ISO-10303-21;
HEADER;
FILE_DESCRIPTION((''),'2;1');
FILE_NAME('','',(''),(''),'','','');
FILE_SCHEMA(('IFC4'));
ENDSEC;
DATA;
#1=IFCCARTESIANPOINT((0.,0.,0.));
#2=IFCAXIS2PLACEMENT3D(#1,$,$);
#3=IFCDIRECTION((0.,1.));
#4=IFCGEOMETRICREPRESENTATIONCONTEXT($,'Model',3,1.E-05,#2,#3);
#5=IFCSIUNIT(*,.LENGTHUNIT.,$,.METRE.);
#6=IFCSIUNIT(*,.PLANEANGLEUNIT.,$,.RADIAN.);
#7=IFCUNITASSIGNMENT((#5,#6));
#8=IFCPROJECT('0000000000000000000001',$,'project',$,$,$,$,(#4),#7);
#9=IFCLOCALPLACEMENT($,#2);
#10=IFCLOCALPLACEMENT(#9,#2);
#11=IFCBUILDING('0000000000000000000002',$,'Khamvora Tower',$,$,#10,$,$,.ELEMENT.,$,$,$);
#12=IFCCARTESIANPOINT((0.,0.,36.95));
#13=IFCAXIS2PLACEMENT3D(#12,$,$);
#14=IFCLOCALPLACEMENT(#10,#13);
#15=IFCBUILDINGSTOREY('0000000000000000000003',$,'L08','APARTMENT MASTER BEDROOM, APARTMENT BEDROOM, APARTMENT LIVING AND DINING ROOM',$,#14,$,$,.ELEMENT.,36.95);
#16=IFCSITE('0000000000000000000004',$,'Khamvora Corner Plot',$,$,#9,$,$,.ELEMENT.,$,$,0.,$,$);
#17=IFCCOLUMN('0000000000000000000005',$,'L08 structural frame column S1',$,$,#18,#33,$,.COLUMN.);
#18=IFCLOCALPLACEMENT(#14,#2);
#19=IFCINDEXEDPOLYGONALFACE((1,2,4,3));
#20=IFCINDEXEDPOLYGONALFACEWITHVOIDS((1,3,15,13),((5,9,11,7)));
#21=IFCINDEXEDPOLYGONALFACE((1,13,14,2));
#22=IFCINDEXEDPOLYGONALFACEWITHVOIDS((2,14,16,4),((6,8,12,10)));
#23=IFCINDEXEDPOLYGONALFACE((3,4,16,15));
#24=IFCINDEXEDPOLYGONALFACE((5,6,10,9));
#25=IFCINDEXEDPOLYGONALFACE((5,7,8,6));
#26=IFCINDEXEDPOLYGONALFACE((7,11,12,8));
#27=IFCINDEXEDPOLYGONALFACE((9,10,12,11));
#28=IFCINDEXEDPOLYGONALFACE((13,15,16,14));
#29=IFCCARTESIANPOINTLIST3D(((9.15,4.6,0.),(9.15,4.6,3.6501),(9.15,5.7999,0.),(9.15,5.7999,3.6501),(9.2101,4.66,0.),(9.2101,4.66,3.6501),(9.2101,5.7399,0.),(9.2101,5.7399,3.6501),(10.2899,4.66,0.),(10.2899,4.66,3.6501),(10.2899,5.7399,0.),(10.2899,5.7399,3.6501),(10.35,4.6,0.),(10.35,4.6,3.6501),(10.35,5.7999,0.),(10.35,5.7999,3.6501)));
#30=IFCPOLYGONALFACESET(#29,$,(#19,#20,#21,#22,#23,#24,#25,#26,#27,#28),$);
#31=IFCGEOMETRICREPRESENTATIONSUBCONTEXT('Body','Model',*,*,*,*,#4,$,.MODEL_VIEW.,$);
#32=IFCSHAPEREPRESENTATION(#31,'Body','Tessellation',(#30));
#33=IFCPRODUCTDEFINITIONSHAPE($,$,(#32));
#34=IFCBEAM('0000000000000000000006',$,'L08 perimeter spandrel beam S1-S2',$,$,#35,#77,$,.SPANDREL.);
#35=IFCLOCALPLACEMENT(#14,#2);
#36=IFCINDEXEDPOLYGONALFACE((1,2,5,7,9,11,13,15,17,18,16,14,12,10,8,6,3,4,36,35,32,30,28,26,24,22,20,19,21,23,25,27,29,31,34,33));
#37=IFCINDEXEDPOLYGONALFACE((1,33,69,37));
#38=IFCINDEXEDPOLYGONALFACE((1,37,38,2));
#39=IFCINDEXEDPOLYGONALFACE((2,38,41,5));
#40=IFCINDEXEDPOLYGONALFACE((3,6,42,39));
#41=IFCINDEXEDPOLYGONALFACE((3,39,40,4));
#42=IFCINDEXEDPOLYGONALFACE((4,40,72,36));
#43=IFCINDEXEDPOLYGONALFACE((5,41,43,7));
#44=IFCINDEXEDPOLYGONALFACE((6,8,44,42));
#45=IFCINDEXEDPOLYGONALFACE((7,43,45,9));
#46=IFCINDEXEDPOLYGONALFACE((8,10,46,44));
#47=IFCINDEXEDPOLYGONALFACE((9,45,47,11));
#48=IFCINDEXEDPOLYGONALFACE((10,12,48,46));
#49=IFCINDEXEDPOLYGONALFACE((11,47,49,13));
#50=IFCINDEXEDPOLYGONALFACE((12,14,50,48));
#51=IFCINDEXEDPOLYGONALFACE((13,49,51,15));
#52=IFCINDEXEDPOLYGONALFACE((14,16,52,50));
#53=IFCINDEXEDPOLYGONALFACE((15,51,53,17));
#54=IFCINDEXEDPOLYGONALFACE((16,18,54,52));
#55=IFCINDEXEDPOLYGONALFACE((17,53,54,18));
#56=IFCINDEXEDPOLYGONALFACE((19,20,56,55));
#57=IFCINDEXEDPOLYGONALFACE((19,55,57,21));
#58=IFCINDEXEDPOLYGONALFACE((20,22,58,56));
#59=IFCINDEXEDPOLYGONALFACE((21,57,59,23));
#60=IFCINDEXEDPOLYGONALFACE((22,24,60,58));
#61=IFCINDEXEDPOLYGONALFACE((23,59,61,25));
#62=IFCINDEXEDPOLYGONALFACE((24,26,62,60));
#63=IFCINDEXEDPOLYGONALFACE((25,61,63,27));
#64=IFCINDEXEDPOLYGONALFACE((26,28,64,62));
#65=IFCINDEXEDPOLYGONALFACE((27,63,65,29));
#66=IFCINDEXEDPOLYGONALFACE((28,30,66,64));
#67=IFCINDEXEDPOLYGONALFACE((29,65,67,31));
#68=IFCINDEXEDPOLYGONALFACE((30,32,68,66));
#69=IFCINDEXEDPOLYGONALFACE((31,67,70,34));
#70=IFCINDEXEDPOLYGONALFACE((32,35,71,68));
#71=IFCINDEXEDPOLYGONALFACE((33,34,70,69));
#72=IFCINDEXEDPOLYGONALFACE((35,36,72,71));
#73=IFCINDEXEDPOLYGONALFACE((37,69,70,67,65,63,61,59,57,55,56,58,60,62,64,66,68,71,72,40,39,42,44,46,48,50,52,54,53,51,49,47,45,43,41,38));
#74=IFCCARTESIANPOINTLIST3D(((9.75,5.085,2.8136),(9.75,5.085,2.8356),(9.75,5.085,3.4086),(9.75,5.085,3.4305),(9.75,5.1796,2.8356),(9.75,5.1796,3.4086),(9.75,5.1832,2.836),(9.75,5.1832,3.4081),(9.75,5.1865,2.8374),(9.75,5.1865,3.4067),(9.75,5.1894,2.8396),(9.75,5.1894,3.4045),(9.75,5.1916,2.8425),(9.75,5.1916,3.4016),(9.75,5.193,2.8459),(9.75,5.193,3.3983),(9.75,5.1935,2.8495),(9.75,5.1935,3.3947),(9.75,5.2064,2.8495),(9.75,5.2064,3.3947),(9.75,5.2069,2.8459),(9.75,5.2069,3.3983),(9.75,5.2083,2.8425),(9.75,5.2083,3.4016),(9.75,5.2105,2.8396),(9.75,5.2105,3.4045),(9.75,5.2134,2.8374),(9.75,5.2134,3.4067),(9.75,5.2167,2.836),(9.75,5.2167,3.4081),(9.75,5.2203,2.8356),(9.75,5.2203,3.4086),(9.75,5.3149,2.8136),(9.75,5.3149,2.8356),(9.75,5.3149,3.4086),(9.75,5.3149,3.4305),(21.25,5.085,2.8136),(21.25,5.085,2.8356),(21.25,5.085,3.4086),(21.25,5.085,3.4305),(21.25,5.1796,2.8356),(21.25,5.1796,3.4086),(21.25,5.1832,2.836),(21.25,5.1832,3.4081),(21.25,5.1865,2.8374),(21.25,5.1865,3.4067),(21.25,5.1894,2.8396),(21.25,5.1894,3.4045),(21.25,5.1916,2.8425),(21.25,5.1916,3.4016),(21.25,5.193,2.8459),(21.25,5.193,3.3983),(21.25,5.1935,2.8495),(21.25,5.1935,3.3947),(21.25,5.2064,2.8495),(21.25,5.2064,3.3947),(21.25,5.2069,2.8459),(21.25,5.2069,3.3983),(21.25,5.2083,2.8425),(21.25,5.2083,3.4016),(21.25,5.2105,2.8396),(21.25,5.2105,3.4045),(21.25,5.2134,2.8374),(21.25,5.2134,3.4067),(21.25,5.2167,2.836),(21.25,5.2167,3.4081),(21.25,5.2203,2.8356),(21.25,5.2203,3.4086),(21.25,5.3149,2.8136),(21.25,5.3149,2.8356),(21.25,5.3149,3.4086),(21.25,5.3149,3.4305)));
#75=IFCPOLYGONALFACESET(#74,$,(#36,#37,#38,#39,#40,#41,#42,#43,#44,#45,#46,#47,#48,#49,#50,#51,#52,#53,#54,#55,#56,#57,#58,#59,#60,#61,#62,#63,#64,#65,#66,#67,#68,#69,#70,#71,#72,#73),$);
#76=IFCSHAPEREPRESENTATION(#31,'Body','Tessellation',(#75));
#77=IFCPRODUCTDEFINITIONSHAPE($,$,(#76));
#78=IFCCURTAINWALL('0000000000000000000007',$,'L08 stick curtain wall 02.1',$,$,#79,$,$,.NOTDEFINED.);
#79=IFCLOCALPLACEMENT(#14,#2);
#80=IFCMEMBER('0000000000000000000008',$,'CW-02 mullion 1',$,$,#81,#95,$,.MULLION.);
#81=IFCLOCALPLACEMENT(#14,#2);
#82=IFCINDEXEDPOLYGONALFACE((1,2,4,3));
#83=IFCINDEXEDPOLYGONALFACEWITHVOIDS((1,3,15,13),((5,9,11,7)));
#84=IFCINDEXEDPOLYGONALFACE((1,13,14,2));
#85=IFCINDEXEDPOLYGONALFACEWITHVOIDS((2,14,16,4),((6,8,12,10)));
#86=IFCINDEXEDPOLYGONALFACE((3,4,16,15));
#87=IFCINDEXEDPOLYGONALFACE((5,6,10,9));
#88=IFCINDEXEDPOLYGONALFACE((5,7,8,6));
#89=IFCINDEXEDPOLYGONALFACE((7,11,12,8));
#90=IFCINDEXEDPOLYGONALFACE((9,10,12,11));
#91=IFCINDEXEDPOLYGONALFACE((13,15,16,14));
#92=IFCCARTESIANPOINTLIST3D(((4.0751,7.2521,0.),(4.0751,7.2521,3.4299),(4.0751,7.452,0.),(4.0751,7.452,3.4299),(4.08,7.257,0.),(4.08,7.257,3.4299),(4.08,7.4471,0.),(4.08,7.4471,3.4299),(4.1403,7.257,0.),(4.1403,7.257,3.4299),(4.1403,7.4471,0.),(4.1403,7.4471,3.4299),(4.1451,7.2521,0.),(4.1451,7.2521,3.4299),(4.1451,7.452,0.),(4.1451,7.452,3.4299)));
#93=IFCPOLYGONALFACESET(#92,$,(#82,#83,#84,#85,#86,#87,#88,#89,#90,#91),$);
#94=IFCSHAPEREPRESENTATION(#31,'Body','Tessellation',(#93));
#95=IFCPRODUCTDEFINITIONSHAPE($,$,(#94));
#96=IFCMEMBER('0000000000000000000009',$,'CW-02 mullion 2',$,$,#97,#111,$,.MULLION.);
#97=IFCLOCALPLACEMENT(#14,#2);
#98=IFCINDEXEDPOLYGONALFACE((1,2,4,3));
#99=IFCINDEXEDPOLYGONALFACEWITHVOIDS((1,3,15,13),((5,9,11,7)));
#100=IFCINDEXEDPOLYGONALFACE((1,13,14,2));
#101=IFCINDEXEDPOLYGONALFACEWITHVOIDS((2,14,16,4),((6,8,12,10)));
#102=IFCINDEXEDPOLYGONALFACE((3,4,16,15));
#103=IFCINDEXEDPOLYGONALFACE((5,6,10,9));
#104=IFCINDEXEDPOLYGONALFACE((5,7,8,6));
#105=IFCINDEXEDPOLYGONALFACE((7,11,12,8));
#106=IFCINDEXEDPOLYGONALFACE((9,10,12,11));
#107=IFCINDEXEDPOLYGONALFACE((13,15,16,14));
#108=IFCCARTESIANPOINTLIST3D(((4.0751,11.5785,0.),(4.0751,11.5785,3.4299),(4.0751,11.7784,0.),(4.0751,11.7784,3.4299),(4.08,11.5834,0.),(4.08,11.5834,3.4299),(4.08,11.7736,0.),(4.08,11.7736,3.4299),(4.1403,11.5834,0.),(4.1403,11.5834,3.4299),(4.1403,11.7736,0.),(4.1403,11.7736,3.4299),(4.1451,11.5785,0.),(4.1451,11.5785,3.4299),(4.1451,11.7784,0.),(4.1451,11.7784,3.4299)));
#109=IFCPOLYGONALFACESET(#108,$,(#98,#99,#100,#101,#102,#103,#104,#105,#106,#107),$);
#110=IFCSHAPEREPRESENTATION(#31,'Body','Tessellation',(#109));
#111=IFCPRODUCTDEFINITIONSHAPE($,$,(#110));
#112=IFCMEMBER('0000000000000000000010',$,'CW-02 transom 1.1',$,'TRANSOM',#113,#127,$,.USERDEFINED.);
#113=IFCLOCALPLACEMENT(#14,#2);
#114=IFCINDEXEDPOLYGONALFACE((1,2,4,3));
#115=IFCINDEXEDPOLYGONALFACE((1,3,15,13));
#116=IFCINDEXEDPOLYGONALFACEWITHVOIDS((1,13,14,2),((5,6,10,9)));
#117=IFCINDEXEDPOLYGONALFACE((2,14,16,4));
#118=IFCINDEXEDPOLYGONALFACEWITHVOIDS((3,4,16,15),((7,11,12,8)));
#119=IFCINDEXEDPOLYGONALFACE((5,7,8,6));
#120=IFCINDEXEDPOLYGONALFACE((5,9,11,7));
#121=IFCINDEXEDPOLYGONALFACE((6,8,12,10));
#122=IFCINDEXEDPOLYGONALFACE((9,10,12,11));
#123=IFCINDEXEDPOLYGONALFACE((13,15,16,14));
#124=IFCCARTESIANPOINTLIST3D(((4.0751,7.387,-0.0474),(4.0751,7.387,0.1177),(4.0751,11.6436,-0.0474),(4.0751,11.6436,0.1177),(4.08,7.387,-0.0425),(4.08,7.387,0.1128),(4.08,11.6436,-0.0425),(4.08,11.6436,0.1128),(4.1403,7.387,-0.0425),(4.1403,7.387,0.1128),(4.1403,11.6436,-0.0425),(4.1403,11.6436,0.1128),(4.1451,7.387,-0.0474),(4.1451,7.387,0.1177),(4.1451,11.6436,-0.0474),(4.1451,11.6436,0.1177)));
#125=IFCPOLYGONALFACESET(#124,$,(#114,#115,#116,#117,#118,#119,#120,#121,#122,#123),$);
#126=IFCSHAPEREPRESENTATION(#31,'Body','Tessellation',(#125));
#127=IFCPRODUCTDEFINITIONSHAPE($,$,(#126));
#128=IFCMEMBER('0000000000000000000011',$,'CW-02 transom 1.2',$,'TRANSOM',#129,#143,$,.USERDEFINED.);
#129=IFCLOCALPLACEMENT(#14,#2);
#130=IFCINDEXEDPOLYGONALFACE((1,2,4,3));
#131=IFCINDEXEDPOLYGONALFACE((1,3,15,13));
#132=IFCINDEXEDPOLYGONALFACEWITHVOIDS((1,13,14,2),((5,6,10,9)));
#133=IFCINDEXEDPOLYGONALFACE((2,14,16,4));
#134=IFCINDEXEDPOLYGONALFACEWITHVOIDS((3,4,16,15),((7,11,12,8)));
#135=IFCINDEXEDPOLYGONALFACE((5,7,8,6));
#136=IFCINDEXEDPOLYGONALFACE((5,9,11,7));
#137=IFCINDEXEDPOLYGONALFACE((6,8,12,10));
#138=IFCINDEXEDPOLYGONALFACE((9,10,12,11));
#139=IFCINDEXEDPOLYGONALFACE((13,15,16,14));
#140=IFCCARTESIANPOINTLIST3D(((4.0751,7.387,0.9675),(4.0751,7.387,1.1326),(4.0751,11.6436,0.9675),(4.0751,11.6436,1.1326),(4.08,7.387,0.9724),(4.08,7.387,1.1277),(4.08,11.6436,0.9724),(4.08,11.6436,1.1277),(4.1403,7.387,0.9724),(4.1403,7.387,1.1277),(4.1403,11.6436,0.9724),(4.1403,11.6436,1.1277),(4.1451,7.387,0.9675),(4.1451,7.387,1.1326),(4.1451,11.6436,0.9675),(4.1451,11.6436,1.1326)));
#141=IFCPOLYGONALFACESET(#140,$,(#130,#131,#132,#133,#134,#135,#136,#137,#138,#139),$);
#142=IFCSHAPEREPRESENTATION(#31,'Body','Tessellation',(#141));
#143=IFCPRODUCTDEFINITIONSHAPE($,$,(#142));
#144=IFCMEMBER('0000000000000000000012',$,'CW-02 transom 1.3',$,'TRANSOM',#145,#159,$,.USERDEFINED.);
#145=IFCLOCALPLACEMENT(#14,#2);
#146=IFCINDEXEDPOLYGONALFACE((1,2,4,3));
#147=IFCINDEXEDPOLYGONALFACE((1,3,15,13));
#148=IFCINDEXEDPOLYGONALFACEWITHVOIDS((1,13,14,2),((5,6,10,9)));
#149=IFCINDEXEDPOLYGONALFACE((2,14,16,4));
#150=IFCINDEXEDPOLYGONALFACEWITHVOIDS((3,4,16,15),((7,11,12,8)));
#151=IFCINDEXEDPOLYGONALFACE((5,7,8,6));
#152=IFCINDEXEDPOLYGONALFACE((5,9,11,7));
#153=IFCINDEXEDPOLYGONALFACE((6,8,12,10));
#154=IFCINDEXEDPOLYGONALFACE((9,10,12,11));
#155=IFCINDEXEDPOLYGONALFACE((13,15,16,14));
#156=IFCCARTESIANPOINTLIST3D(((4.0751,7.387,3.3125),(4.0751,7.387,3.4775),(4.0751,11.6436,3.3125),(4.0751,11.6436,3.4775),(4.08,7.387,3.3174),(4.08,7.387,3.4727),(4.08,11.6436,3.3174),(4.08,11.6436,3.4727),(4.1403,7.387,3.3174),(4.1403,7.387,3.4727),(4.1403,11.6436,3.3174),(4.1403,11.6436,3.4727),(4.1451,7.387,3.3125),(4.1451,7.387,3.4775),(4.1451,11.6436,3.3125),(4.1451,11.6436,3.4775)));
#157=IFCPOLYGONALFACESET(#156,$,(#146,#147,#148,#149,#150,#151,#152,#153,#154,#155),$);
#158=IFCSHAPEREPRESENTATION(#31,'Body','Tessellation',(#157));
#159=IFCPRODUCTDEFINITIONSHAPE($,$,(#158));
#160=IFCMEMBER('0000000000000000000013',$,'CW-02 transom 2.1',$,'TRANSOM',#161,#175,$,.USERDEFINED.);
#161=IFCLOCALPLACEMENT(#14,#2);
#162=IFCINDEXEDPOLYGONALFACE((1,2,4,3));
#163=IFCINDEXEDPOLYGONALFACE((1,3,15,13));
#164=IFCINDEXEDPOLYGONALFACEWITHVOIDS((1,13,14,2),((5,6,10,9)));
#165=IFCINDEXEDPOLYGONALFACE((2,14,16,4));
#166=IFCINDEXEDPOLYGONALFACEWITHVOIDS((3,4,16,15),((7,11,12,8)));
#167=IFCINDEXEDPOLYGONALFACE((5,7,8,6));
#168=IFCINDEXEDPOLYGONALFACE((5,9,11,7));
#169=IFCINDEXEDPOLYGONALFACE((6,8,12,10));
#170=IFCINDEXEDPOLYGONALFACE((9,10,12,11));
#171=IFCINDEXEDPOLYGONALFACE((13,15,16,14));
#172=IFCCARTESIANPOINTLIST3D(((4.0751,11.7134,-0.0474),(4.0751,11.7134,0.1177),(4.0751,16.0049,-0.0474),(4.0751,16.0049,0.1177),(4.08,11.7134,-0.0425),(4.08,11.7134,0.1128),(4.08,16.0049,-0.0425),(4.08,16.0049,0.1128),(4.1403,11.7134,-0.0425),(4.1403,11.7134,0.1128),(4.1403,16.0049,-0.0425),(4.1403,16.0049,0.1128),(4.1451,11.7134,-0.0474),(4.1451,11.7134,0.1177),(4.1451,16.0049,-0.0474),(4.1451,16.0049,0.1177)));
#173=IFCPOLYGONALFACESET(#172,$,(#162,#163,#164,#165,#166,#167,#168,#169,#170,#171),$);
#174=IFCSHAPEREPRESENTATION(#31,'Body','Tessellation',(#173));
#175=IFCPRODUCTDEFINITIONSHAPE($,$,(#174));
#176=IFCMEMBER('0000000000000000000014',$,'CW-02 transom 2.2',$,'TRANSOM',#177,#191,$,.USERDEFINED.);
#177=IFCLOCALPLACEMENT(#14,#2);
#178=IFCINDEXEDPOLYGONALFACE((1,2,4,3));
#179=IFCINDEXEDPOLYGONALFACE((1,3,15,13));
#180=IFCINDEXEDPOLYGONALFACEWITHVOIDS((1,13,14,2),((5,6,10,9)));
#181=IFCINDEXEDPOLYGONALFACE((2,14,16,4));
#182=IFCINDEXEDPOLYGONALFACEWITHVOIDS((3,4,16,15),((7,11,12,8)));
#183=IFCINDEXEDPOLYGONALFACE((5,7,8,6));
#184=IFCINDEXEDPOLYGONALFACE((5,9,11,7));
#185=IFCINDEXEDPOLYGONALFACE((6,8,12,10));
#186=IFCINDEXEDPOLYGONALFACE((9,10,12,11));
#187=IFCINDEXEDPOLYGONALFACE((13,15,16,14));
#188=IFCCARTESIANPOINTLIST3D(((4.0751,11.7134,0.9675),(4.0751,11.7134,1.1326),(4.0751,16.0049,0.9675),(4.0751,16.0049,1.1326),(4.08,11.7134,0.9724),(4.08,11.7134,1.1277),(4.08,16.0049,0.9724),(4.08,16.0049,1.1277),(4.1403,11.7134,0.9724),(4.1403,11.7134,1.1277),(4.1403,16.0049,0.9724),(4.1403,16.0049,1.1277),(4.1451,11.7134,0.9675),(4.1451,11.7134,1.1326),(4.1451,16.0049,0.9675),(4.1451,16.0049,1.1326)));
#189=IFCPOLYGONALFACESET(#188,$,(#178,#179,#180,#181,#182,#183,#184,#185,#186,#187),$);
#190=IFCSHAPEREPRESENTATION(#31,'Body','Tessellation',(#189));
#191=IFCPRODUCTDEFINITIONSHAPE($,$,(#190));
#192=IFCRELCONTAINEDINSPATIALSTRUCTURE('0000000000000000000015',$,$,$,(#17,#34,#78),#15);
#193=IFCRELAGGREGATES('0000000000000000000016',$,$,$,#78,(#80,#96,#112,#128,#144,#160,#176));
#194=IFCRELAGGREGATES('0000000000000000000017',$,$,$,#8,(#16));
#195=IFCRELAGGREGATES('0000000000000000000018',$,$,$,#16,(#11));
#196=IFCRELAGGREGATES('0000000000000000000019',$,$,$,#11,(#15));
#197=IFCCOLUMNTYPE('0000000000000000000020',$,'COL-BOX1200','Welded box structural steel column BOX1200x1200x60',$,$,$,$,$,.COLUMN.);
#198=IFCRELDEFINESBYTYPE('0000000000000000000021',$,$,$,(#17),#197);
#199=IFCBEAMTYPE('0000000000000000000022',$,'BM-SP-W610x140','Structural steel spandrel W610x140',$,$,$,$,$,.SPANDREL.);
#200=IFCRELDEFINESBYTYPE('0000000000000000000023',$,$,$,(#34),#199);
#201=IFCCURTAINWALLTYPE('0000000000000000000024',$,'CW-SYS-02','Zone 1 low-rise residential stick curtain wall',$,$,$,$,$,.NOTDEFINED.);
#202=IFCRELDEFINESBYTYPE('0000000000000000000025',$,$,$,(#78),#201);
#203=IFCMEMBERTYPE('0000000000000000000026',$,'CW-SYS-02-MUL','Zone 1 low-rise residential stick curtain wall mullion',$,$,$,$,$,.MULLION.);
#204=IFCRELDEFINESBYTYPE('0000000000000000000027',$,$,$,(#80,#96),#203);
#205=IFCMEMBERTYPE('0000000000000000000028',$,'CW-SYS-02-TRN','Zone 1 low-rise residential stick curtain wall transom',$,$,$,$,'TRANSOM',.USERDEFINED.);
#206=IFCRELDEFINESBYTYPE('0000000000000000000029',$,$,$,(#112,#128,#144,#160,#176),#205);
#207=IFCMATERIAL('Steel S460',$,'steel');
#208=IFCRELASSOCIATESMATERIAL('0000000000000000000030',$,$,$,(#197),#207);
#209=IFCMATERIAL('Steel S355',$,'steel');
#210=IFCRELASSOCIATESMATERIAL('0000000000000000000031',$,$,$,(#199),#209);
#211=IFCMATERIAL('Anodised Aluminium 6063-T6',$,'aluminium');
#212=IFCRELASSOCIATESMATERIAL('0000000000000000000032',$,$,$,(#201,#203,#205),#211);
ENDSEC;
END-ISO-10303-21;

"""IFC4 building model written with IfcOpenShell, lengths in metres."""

from ifc_helpers import new_model, si_unit, direction, frame, origin, origin_2d, place, context, subcontext, project, spatial, hollow_rectangle, i_section, extrude, material, material_profile, profile_set, type_object, element, aggregate, save


model = new_model("IFC4")

# Units and contexts
model_context = context("Model", 3, precision=1e-05, world=origin(), true_north=direction((0.0, 1.0)))
body_context = subcontext(model_context, "Body", "Model", "MODEL_VIEW")
ifc_project = project(units=[si_unit("LENGTHUNIT", "METRE"), si_unit("PLANEANGLEUNIT", "RADIAN")], contexts=[model_context])

# Site, building, storey
site_placement = place(None, origin())
site = spatial("IfcSite", under=ifc_project, at=site_placement, Name="Khamvora Corner Plot", CompositionType="ELEMENT", RefElevation=0.0)
building_placement = place(site_placement, origin())
building = spatial("IfcBuilding", under=site, at=building_placement, Name="Khamvora Tower", CompositionType="ELEMENT")
storey_placement = place(building_placement, frame((0.0, 0.0, 36.95)))
storey = spatial("IfcBuildingStorey", under=building, at=storey_placement, Name="L08", Description="APARTMENT MASTER BEDROOM, APARTMENT BEDROOM, APARTMENT LIVING AND DINING ROOM", CompositionType="ELEMENT", Elevation=36.95)

# Column
ifc_material_1 = material(Name="Steel S460", Category="steel")
ifc_material_profile_1 = material_profile(ifc_material_1, hollow_rectangle(XDim=1.2, YDim=1.2, WallThickness=0.0601, at=origin_2d()), Name="BOX1200x1200x60")
ifc_profile_set_1 = profile_set([ifc_material_profile_1], Name="Steel S460")
column_type = type_object("IfcColumnType", Name="COL-BOX1200", Description="Welded box structural steel column BOX1200x1200x60", PredefinedType="COLUMN", material=ifc_profile_set_1)
column_placement = place(storey_placement, frame((9.75, 5.2, 0.0), z_axis=(0.0, 0.0, 1.0), x_axis=(1.0, 0.0, 0.0)))
element("IfcColumn", 1, at=column_placement, inside=storey, type_object=column_type, Name="L08 structural frame column S1", PredefinedType="COLUMN", context=body_context, shape_type="SweptSolid", body=[
    extrude(hollow_rectangle(XDim=1.2, YDim=1.2, WallThickness=0.0601, at=origin_2d()), origin(), (0.0, 0.0, 1.0), 3.6501),
])

# Beam
ifc_material_2 = material(Name="Steel S355", Category="steel")
ifc_material_profile_2 = material_profile(ifc_material_2, i_section(OverallWidth=0.23, OverallDepth=0.6169, WebThickness=0.0129, FlangeThickness=0.022, FilletRadius=0.0139, at=origin_2d()), Name="W610x140")
ifc_profile_set_2 = profile_set([ifc_material_profile_2], Name="Steel S355")
beam_type = type_object("IfcBeamType", Name="BM-SP-W610x140", Description="Structural steel spandrel W610x140", PredefinedType="SPANDREL", material=ifc_profile_set_2)
beam_placement = place(storey_placement, frame((9.75, 5.2, 3.1221), z_axis=(1.0, 0.0, 0.0), x_axis=(0.0, 1.0, 0.0)))
element("IfcBeam", 2, at=beam_placement, inside=storey, type_object=beam_type, Name="L08 perimeter spandrel beam S1-S2", PredefinedType="SPANDREL", context=body_context, shape_type="SweptSolid", body=[
    extrude(i_section(OverallWidth=0.23, OverallDepth=0.6169, WebThickness=0.0129, FlangeThickness=0.022, FilletRadius=0.0139, at=origin_2d()), origin(), (0.0, 0.0, 1.0), 11.5),
])

# Curtain wall, members
ifc_material_3 = material(Name="Anodised Aluminium 6063-T6", Category="aluminium")
curtain_wall_type = type_object("IfcCurtainWallType", Name="CW-SYS-02", Description="Zone 1 low-rise residential stick curtain wall", PredefinedType="NOTDEFINED", material=ifc_material_3)
curtain_wall_placement = place(storey_placement, origin())
curtain_wall = element("IfcCurtainWall", 3, at=curtain_wall_placement, inside=storey, type_object=curtain_wall_type, Name="L08 stick curtain wall 02.1", PredefinedType="NOTDEFINED")
ifc_material_profile_3 = material_profile(ifc_material_3, hollow_rectangle(XDim=0.0701, YDim=0.2, WallThickness=0.0049, at=origin_2d()), Name="MUL70x200x5")
ifc_profile_set_3 = profile_set([ifc_material_profile_3], Name="Anodised Aluminium 6063-T6")
member_type_1 = type_object("IfcMemberType", Name="CW-SYS-02-MUL", Description="Zone 1 low-rise residential stick curtain wall mullion", PredefinedType="MULLION", material=ifc_profile_set_3)
member_1_placement = place(storey_placement, frame((4.1101, 7.3521, 0.0), z_axis=(0.0, 0.0, 1.0), x_axis=(-1.0, 0.0, 0.0)))
member_1 = element("IfcMember", 4, at=member_1_placement, type_object=member_type_1, Name="CW-02 mullion 1", PredefinedType="MULLION", context=body_context, shape_type="SweptSolid", body=[
    extrude(hollow_rectangle(XDim=0.0701, YDim=0.2, WallThickness=0.0049, at=origin_2d()), origin(), (0.0, 0.0, 1.0), 3.4299),
])
member_2_placement = place(storey_placement, frame((4.1101, 11.6785, 0.0), z_axis=(0.0, 0.0, 1.0), x_axis=(-1.0, 0.0, 0.0)))
member_2 = element("IfcMember", 5, at=member_2_placement, type_object=member_type_1, Name="CW-02 mullion 2", PredefinedType="MULLION", context=body_context, shape_type="SweptSolid", body=[
    extrude(hollow_rectangle(XDim=0.0701, YDim=0.2, WallThickness=0.0049, at=origin_2d()), origin(), (0.0, 0.0, 1.0), 3.4299),
])
ifc_material_profile_4 = material_profile(ifc_material_3, hollow_rectangle(XDim=0.0701, YDim=0.165, WallThickness=0.0049, at=origin_2d()), Name="TRN70x165x5")
ifc_profile_set_4 = profile_set([ifc_material_profile_4], Name="Anodised Aluminium 6063-T6")
member_type_2 = type_object("IfcMemberType", Name="CW-SYS-02-TRN", Description="Zone 1 low-rise residential stick curtain wall transom", ElementType="TRANSOM", PredefinedType="USERDEFINED", material=ifc_profile_set_4)
member_3_placement = place(storey_placement, frame((4.1101, 7.387, 0.0352), z_axis=(0.0, 1.0, 0.0), x_axis=(-1.0, 0.0, 0.0)))
member_3 = element("IfcMember", 6, at=member_3_placement, type_object=member_type_2, Name="CW-02 transom 1.1", ObjectType="TRANSOM", PredefinedType="USERDEFINED", context=body_context, shape_type="SweptSolid", body=[
    extrude(hollow_rectangle(XDim=0.0701, YDim=0.165, WallThickness=0.0049, at=origin_2d()), origin(), (0.0, 0.0, 1.0), 4.2566),
])
member_4_placement = place(storey_placement, frame((4.1101, 7.387, 1.05), z_axis=(0.0, 1.0, 0.0), x_axis=(-1.0, 0.0, 0.0)))
member_4 = element("IfcMember", 7, at=member_4_placement, type_object=member_type_2, Name="CW-02 transom 1.2", ObjectType="TRANSOM", PredefinedType="USERDEFINED", context=body_context, shape_type="SweptSolid", body=[
    extrude(hollow_rectangle(XDim=0.0701, YDim=0.165, WallThickness=0.0049, at=origin_2d()), origin(), (0.0, 0.0, 1.0), 4.2566),
])
member_5_placement = place(storey_placement, frame((4.1101, 7.387, 3.395), z_axis=(0.0, 1.0, 0.0), x_axis=(-1.0, 0.0, 0.0)))
member_5 = element("IfcMember", 8, at=member_5_placement, type_object=member_type_2, Name="CW-02 transom 1.3", ObjectType="TRANSOM", PredefinedType="USERDEFINED", context=body_context, shape_type="SweptSolid", body=[
    extrude(hollow_rectangle(XDim=0.0701, YDim=0.165, WallThickness=0.0049, at=origin_2d()), origin(), (0.0, 0.0, 1.0), 4.2566),
])
member_6_placement = place(storey_placement, frame((4.1101, 11.7134, 0.0352), z_axis=(0.0, 1.0, 0.0), x_axis=(-1.0, 0.0, 0.0)))
member_6 = element("IfcMember", 9, at=member_6_placement, type_object=member_type_2, Name="CW-02 transom 2.1", ObjectType="TRANSOM", PredefinedType="USERDEFINED", context=body_context, shape_type="SweptSolid", body=[
    extrude(hollow_rectangle(XDim=0.0701, YDim=0.165, WallThickness=0.0049, at=origin_2d()), origin(), (0.0, 0.0, 1.0), 4.2915),
])
member_7_placement = place(storey_placement, frame((4.1101, 11.7134, 1.05), z_axis=(0.0, 1.0, 0.0), x_axis=(-1.0, 0.0, 0.0)))
member_7 = element("IfcMember", 10, at=member_7_placement, type_object=member_type_2, Name="CW-02 transom 2.2", ObjectType="TRANSOM", PredefinedType="USERDEFINED", context=body_context, shape_type="SweptSolid", body=[
    extrude(hollow_rectangle(XDim=0.0701, YDim=0.165, WallThickness=0.0049, at=origin_2d()), origin(), (0.0, 0.0, 1.0), 4.2915),
])
aggregate(curtain_wall, [member_1, member_2, member_3, member_4, member_5, member_6, member_7])

save(model, "model.ifc")
